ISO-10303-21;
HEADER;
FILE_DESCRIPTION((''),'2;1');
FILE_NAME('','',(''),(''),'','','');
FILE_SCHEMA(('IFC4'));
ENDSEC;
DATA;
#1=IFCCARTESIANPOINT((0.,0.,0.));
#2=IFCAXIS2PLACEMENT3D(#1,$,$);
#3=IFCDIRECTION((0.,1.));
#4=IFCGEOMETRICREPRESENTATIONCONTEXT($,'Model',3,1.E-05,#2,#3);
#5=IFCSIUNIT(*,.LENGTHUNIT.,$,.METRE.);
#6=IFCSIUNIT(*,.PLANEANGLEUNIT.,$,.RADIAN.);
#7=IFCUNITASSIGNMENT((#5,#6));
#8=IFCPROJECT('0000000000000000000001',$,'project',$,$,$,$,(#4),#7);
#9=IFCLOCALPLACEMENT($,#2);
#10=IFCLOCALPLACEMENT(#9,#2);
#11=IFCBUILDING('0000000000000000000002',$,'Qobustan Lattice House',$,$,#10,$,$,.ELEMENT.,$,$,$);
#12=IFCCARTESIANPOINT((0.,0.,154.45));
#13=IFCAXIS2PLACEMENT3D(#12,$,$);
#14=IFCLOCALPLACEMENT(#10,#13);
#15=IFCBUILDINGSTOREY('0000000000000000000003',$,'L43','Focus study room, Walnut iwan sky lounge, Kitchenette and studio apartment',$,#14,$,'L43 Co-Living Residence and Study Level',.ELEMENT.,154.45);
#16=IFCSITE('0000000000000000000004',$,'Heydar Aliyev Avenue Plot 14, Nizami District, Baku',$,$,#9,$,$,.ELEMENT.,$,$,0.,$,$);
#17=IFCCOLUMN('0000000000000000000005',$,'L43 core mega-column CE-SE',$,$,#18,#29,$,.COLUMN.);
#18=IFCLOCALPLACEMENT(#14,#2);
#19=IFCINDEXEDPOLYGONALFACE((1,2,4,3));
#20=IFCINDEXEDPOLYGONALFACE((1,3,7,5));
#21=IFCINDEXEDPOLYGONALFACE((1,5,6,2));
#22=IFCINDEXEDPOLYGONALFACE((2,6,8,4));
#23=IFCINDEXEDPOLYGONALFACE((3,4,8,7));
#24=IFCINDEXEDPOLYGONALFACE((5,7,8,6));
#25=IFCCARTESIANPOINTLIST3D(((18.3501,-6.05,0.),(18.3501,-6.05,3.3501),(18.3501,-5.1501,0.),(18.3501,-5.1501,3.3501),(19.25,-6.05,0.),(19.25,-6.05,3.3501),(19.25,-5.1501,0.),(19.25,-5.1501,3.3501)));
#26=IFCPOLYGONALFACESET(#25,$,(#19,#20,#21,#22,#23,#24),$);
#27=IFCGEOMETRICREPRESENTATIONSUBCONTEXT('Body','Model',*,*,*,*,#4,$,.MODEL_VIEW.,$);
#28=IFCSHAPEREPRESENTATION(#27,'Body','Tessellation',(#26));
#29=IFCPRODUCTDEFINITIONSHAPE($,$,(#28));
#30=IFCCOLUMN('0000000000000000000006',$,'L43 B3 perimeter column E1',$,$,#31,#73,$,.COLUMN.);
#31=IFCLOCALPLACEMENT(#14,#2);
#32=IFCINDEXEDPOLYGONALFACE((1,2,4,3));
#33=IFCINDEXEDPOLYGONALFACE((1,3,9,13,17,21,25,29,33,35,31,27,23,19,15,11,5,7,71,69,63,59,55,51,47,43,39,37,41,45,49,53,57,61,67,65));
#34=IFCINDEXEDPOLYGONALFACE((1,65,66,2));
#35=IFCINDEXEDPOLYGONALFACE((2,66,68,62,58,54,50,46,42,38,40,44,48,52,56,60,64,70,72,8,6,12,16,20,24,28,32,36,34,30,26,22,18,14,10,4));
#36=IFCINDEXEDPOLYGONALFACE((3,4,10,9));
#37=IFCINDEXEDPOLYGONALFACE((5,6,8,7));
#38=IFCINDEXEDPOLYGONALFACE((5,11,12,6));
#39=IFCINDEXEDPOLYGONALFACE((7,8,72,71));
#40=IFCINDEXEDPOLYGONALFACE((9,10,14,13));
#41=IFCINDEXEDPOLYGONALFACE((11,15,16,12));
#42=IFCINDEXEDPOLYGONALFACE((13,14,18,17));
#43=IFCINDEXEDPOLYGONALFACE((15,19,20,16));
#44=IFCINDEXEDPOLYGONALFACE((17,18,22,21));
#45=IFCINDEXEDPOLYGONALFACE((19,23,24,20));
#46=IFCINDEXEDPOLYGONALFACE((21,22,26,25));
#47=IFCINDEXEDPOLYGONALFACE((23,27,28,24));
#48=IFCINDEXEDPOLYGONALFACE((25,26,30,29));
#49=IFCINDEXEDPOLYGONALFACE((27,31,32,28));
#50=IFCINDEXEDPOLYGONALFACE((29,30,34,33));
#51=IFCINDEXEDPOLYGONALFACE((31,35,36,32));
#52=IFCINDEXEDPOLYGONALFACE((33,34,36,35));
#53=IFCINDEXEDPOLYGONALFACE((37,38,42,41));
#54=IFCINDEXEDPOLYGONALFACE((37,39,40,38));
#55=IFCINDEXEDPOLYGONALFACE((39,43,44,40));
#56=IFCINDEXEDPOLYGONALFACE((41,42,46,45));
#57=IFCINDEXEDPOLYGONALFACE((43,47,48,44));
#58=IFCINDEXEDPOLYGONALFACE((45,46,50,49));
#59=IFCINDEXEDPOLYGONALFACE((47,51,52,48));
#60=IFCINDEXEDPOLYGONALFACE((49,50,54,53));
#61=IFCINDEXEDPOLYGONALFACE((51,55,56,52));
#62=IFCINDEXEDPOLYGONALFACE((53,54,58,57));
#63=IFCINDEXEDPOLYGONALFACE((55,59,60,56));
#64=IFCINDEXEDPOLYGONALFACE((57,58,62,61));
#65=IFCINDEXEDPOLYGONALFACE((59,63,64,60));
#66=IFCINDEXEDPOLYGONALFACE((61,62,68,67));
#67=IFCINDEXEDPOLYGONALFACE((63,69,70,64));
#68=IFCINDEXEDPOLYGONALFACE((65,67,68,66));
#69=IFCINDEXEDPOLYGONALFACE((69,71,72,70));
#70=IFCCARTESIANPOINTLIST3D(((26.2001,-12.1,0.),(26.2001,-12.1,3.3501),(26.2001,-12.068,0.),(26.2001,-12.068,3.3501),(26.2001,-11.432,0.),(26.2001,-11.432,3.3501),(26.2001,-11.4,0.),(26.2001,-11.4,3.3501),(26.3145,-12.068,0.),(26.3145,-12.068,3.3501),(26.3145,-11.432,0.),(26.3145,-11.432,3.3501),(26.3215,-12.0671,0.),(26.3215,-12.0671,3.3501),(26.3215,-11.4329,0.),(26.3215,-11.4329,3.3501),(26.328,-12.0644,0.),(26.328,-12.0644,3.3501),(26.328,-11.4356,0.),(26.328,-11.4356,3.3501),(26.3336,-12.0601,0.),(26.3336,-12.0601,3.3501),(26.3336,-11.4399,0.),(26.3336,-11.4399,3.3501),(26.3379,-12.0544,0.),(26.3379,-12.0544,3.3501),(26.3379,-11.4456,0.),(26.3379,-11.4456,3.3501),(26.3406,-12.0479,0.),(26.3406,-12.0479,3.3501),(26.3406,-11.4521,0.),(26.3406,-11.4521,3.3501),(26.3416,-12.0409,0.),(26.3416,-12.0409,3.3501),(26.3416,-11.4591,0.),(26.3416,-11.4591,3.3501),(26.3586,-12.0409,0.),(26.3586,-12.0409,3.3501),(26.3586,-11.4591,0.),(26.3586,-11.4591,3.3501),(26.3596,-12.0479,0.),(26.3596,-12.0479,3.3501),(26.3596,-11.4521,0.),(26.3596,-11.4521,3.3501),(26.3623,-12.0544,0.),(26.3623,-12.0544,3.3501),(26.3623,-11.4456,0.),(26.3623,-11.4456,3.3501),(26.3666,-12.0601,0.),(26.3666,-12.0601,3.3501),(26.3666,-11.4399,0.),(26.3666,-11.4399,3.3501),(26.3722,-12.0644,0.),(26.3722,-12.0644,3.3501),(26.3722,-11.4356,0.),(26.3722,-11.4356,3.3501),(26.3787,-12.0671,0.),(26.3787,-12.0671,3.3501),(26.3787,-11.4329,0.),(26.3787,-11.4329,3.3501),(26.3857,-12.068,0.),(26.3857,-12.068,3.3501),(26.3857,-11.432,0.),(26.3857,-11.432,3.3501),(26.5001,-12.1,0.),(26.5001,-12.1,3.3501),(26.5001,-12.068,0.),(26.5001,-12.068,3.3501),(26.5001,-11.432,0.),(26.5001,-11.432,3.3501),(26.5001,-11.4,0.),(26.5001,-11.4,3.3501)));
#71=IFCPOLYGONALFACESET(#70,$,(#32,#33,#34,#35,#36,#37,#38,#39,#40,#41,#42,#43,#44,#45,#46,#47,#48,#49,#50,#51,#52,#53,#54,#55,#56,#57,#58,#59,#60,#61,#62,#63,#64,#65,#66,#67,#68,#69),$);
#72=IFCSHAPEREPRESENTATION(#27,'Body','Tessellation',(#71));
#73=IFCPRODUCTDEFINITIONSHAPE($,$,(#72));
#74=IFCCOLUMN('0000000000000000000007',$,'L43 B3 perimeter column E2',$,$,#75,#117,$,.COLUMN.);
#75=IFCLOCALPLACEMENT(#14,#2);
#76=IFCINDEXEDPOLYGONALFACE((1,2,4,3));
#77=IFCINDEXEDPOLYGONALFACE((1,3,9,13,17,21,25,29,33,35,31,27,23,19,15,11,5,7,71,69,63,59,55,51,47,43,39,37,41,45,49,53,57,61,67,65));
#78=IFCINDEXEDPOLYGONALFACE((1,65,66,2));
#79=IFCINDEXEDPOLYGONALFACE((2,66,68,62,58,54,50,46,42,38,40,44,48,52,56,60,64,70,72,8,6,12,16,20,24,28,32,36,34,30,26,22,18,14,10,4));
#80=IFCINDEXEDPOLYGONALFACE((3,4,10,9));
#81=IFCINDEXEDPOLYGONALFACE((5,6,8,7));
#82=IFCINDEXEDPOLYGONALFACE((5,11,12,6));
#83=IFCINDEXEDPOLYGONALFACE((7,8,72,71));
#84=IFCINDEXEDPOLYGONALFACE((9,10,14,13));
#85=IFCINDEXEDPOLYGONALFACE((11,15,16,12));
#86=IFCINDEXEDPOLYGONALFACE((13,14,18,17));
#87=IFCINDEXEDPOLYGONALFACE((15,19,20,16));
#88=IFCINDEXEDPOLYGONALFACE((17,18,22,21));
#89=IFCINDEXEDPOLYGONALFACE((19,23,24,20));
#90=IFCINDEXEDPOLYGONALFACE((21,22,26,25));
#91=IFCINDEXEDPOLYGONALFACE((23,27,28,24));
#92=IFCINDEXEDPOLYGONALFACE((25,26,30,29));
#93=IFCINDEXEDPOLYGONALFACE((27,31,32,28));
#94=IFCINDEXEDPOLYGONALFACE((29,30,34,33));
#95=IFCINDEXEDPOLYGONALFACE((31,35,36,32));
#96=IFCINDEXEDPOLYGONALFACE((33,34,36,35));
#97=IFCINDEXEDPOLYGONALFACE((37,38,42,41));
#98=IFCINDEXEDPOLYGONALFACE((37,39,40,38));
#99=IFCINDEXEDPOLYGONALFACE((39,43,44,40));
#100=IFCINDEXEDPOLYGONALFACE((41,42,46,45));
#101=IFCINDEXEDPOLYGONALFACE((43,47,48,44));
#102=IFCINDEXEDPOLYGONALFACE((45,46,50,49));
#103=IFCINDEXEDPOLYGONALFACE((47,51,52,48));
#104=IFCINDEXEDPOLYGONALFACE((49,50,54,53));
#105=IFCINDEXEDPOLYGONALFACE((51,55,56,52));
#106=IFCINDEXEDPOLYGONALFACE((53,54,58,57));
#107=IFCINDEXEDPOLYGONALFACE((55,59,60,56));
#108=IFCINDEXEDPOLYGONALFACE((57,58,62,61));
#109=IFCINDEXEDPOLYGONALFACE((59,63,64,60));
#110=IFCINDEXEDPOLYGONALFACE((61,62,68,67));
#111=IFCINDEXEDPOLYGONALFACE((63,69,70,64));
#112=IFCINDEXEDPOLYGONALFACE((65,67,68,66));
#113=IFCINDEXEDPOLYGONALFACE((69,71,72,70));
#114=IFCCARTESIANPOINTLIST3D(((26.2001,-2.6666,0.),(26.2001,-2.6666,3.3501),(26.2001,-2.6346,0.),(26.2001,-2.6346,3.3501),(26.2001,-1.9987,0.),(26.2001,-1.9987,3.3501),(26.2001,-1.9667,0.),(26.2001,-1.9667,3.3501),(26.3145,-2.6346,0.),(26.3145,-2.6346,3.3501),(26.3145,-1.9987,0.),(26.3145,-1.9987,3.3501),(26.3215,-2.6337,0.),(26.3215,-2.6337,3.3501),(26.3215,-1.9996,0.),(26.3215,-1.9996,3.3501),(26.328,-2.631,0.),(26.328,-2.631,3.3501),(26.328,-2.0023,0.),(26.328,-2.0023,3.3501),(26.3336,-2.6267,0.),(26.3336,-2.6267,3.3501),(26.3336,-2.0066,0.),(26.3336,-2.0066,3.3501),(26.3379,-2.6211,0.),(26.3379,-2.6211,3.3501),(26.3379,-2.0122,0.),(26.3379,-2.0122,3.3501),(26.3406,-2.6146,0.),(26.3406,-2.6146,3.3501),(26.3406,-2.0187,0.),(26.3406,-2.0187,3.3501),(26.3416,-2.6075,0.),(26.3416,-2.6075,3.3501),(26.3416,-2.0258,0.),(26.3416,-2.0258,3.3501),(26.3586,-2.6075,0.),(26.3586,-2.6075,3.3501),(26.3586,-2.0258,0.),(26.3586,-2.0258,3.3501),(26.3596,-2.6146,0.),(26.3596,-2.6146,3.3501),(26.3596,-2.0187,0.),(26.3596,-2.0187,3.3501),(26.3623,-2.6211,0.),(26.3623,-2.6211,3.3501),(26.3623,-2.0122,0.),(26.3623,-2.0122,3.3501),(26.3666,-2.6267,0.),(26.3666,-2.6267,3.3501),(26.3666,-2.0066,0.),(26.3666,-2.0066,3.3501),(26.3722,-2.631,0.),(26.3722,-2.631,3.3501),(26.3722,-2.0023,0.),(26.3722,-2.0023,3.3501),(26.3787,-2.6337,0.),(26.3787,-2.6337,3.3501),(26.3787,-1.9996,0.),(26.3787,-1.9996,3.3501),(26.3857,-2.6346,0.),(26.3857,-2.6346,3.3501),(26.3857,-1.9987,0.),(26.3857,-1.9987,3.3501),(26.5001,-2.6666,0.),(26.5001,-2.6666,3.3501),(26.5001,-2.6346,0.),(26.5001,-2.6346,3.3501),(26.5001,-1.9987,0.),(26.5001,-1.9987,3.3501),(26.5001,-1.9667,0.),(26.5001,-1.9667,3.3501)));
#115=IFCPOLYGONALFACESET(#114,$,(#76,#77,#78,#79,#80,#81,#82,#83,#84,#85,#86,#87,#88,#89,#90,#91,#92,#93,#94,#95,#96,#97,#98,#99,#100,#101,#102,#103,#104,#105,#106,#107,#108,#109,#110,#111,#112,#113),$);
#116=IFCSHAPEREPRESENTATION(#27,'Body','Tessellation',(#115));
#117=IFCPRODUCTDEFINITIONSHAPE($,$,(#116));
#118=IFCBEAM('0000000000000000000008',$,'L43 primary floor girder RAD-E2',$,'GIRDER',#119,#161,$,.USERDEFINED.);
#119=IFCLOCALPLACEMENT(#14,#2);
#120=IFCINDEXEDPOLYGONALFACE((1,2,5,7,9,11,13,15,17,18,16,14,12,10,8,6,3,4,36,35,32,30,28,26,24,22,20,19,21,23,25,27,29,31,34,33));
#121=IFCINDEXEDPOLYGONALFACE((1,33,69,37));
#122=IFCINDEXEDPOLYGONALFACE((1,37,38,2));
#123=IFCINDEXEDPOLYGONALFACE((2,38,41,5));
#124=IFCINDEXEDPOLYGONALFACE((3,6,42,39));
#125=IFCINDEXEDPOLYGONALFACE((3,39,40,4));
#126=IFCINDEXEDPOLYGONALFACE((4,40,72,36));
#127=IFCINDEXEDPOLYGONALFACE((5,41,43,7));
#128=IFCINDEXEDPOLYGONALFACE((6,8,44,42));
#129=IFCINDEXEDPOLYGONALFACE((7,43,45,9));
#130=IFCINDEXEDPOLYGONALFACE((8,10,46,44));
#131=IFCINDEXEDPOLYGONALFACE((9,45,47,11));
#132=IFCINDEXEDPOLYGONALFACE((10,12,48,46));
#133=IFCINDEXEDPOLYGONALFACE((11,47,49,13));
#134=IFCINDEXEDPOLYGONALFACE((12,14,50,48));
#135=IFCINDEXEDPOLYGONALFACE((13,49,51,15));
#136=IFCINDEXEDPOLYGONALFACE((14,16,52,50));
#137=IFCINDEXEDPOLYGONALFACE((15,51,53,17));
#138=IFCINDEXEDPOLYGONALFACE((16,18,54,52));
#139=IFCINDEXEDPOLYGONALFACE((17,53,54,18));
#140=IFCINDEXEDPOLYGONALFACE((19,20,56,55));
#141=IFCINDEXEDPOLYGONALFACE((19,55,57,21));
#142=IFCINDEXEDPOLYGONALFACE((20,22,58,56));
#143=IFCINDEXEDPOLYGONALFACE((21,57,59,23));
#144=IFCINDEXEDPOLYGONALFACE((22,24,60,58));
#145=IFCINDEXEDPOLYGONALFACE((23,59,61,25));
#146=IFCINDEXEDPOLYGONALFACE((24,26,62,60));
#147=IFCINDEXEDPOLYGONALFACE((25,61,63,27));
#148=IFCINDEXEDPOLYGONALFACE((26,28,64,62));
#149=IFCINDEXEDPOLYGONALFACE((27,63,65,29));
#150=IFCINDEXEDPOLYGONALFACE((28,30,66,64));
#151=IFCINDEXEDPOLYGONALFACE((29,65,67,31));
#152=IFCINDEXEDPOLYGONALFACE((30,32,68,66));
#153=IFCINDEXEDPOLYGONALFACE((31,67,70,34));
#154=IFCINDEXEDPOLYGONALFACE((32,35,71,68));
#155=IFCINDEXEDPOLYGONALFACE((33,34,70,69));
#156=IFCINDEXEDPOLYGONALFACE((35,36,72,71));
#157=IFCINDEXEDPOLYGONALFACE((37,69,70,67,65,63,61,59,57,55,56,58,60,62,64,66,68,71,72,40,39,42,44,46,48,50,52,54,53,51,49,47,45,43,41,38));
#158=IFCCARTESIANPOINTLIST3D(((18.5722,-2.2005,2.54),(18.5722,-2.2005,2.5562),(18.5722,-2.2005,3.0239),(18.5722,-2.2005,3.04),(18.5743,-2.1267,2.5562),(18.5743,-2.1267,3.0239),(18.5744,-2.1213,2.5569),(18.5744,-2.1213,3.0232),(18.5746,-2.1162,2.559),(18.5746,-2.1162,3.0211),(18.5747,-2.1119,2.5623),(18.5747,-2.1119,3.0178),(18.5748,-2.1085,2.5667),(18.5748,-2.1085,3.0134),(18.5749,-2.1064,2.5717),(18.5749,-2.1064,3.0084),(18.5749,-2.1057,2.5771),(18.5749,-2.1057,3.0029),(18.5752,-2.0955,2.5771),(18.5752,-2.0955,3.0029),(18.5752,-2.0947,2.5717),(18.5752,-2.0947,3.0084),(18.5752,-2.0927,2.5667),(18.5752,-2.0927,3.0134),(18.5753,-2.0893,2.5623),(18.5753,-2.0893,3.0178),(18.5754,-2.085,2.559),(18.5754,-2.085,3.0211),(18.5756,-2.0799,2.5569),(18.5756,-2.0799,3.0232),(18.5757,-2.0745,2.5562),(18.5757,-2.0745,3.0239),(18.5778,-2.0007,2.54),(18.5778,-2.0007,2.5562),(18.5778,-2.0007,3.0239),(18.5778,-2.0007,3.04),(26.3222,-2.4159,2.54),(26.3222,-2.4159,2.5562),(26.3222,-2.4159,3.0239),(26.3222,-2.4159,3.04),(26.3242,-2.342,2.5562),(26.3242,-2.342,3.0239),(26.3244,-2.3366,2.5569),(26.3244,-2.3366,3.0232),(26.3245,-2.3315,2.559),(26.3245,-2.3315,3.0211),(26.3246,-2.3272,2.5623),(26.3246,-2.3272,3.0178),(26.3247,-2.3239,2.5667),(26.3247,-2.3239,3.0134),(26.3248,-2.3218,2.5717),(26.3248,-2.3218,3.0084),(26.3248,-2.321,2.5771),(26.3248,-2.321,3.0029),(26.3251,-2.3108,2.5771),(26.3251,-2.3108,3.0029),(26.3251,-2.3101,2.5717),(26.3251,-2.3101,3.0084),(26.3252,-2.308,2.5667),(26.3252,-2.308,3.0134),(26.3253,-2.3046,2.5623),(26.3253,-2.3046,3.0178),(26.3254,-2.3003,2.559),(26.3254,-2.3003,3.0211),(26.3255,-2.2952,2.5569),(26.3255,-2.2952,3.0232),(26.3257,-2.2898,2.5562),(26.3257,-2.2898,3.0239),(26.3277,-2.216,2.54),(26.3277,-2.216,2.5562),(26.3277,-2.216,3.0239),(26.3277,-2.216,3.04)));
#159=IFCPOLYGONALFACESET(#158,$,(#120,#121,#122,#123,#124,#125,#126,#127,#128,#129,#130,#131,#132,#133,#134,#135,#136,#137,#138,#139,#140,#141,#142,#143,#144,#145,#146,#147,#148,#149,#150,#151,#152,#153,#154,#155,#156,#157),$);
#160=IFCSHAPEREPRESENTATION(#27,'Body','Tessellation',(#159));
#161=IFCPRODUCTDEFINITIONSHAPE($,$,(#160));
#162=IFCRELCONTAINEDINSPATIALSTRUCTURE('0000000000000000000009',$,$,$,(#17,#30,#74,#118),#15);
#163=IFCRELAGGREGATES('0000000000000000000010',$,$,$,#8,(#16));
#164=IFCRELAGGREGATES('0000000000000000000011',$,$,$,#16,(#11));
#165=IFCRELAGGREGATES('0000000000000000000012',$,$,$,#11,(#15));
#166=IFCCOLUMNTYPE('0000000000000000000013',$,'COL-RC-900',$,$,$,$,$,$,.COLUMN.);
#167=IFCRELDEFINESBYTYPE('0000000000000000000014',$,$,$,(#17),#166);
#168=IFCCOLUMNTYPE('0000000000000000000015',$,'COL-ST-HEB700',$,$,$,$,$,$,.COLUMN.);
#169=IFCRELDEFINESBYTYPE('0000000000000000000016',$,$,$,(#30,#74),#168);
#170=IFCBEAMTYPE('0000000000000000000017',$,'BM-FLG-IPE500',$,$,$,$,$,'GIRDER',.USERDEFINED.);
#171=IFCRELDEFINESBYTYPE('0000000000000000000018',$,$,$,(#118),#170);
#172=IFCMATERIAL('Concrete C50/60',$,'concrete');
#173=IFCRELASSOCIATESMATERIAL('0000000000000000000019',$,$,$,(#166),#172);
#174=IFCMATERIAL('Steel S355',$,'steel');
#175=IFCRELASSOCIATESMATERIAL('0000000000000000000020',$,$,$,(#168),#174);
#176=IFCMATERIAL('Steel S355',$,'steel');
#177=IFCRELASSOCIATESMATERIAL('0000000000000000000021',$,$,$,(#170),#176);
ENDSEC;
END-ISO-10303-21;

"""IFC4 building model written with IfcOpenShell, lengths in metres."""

from ifc_helpers import new_model, si_unit, direction, frame, origin, origin_2d, place, context, subcontext, project, spatial, rectangle, i_section, extrude, material, material_profile, profile_set, type_object, element, save


model = new_model("IFC4")

# Units and contexts
model_context = context("Model", 3, precision=1e-05, world=origin(), true_north=direction((0.0, 1.0)))
body_context = subcontext(model_context, "Body", "Model", "MODEL_VIEW")
ifc_project = project(units=[si_unit("LENGTHUNIT", "METRE"), si_unit("PLANEANGLEUNIT", "RADIAN")], contexts=[model_context])

# Site, building, storey
site_placement = place(None, origin())
site = spatial("IfcSite", under=ifc_project, at=site_placement, Name="Heydar Aliyev Avenue Plot 14, Nizami District, Baku", CompositionType="ELEMENT", RefElevation=0.0)
building_placement = place(site_placement, origin())
building = spatial("IfcBuilding", under=site, at=building_placement, Name="Qobustan Lattice House", CompositionType="ELEMENT")
storey_placement = place(building_placement, frame((0.0, 0.0, 154.45)))
storey = spatial("IfcBuildingStorey", under=building, at=storey_placement, Name="L43", Description="Focus study room, Walnut iwan sky lounge, Kitchenette and studio apartment", LongName="L43 Co-Living Residence and Study Level", CompositionType="ELEMENT", Elevation=154.45)

# Columns
ifc_material_1 = material(Name="Concrete C50/60", Category="concrete")
ifc_material_profile_1 = material_profile(ifc_material_1, rectangle(XDim=0.8999, YDim=0.8999, at=origin_2d()), Name="RC900x900")
ifc_profile_set_1 = profile_set([ifc_material_profile_1], Name="Concrete C50/60")
column_type_1 = type_object("IfcColumnType", Name="COL-RC-900", PredefinedType="COLUMN", material=ifc_profile_set_1)
column_placement = place(storey_placement, frame((18.8, -5.6001, 0.0), z_axis=(0.0, 0.0, 1.0), x_axis=(1.0, 0.0, 0.0)))
element("IfcColumn", 1, at=column_placement, inside=storey, type_object=column_type_1, Name="L43 core mega-column CE-SE", PredefinedType="COLUMN", context=body_context, shape_type="SweptSolid", body=[
    extrude(rectangle(XDim=0.8999, YDim=0.8999, at=origin_2d()), origin(), (0.0, 0.0, 1.0), 3.3501),
])
ifc_material_2 = material(Name="Steel S355", Category="steel")
ifc_material_profile_2 = material_profile(ifc_material_2, i_section(OverallWidth=0.3, OverallDepth=0.7, WebThickness=0.0171, FlangeThickness=0.032, FilletRadius=0.0271, at=origin_2d()), Name="HEB700")
ifc_profile_set_2 = profile_set([ifc_material_profile_2], Name="Steel S355")
column_type_2 = type_object("IfcColumnType", Name="COL-ST-HEB700", PredefinedType="COLUMN", material=ifc_profile_set_2)
for number, where, z_axis, x_axis, name in (
    (2, (26.3501, -11.75, 0.0), (0.0, 0.0, 1.0), (1.0, 0.0, 0.0), "L43 B3 perimeter column E1"),
    (3, (26.3501, -2.3167, 0.0), (0.0, 0.0, 1.0), (1.0, 0.0, 0.0), "L43 B3 perimeter column E2"),
):
    element("IfcColumn", number, at=place(storey_placement, frame(where, z_axis=z_axis, x_axis=x_axis)), inside=storey, type_object=column_type_2, Name=name, PredefinedType="COLUMN", context=body_context, shape_type="SweptSolid", body=[
        extrude(i_section(OverallWidth=0.3, OverallDepth=0.7, WebThickness=0.0171, FlangeThickness=0.032, FilletRadius=0.0271, at=origin_2d()), origin(), (0.0, 0.0, 1.0), 3.3501),
    ])

# Beam
ifc_material_3 = material(Name="Steel S355", Category="steel")
ifc_material_profile_3 = material_profile(ifc_material_3, i_section(OverallWidth=0.2, OverallDepth=0.5, WebThickness=0.0103, FlangeThickness=0.0161, FilletRadius=0.021, at=origin_2d()), Name="IPE500")
ifc_profile_set_3 = profile_set([ifc_material_profile_3], Name="Steel S355")
beam_type_1 = type_object("IfcBeamType", Name="BM-FLG-IPE500", ElementType="GIRDER", PredefinedType="USERDEFINED", material=ifc_profile_set_3)
beam_1_placement = place(storey_placement, frame((26.325, -2.3159, 2.79), z_axis=(-0.999614, 0.027774, 0.0), x_axis=(-0.027774, -0.999614, 0.0)))
element("IfcBeam", 4, at=beam_1_placement, inside=storey, type_object=beam_type_1, Name="L43 primary floor girder RAD-E2", ObjectType="GIRDER", PredefinedType="USERDEFINED", context=body_context, shape_type="SweptSolid", body=[
    extrude(i_section(OverallWidth=0.2, OverallDepth=0.5, WebThickness=0.0103, FlangeThickness=0.0161, FilletRadius=0.021, at=origin_2d()), origin(), (0.0, 0.0, 1.0), 7.7529),
])

save(model, "model.ifc")
